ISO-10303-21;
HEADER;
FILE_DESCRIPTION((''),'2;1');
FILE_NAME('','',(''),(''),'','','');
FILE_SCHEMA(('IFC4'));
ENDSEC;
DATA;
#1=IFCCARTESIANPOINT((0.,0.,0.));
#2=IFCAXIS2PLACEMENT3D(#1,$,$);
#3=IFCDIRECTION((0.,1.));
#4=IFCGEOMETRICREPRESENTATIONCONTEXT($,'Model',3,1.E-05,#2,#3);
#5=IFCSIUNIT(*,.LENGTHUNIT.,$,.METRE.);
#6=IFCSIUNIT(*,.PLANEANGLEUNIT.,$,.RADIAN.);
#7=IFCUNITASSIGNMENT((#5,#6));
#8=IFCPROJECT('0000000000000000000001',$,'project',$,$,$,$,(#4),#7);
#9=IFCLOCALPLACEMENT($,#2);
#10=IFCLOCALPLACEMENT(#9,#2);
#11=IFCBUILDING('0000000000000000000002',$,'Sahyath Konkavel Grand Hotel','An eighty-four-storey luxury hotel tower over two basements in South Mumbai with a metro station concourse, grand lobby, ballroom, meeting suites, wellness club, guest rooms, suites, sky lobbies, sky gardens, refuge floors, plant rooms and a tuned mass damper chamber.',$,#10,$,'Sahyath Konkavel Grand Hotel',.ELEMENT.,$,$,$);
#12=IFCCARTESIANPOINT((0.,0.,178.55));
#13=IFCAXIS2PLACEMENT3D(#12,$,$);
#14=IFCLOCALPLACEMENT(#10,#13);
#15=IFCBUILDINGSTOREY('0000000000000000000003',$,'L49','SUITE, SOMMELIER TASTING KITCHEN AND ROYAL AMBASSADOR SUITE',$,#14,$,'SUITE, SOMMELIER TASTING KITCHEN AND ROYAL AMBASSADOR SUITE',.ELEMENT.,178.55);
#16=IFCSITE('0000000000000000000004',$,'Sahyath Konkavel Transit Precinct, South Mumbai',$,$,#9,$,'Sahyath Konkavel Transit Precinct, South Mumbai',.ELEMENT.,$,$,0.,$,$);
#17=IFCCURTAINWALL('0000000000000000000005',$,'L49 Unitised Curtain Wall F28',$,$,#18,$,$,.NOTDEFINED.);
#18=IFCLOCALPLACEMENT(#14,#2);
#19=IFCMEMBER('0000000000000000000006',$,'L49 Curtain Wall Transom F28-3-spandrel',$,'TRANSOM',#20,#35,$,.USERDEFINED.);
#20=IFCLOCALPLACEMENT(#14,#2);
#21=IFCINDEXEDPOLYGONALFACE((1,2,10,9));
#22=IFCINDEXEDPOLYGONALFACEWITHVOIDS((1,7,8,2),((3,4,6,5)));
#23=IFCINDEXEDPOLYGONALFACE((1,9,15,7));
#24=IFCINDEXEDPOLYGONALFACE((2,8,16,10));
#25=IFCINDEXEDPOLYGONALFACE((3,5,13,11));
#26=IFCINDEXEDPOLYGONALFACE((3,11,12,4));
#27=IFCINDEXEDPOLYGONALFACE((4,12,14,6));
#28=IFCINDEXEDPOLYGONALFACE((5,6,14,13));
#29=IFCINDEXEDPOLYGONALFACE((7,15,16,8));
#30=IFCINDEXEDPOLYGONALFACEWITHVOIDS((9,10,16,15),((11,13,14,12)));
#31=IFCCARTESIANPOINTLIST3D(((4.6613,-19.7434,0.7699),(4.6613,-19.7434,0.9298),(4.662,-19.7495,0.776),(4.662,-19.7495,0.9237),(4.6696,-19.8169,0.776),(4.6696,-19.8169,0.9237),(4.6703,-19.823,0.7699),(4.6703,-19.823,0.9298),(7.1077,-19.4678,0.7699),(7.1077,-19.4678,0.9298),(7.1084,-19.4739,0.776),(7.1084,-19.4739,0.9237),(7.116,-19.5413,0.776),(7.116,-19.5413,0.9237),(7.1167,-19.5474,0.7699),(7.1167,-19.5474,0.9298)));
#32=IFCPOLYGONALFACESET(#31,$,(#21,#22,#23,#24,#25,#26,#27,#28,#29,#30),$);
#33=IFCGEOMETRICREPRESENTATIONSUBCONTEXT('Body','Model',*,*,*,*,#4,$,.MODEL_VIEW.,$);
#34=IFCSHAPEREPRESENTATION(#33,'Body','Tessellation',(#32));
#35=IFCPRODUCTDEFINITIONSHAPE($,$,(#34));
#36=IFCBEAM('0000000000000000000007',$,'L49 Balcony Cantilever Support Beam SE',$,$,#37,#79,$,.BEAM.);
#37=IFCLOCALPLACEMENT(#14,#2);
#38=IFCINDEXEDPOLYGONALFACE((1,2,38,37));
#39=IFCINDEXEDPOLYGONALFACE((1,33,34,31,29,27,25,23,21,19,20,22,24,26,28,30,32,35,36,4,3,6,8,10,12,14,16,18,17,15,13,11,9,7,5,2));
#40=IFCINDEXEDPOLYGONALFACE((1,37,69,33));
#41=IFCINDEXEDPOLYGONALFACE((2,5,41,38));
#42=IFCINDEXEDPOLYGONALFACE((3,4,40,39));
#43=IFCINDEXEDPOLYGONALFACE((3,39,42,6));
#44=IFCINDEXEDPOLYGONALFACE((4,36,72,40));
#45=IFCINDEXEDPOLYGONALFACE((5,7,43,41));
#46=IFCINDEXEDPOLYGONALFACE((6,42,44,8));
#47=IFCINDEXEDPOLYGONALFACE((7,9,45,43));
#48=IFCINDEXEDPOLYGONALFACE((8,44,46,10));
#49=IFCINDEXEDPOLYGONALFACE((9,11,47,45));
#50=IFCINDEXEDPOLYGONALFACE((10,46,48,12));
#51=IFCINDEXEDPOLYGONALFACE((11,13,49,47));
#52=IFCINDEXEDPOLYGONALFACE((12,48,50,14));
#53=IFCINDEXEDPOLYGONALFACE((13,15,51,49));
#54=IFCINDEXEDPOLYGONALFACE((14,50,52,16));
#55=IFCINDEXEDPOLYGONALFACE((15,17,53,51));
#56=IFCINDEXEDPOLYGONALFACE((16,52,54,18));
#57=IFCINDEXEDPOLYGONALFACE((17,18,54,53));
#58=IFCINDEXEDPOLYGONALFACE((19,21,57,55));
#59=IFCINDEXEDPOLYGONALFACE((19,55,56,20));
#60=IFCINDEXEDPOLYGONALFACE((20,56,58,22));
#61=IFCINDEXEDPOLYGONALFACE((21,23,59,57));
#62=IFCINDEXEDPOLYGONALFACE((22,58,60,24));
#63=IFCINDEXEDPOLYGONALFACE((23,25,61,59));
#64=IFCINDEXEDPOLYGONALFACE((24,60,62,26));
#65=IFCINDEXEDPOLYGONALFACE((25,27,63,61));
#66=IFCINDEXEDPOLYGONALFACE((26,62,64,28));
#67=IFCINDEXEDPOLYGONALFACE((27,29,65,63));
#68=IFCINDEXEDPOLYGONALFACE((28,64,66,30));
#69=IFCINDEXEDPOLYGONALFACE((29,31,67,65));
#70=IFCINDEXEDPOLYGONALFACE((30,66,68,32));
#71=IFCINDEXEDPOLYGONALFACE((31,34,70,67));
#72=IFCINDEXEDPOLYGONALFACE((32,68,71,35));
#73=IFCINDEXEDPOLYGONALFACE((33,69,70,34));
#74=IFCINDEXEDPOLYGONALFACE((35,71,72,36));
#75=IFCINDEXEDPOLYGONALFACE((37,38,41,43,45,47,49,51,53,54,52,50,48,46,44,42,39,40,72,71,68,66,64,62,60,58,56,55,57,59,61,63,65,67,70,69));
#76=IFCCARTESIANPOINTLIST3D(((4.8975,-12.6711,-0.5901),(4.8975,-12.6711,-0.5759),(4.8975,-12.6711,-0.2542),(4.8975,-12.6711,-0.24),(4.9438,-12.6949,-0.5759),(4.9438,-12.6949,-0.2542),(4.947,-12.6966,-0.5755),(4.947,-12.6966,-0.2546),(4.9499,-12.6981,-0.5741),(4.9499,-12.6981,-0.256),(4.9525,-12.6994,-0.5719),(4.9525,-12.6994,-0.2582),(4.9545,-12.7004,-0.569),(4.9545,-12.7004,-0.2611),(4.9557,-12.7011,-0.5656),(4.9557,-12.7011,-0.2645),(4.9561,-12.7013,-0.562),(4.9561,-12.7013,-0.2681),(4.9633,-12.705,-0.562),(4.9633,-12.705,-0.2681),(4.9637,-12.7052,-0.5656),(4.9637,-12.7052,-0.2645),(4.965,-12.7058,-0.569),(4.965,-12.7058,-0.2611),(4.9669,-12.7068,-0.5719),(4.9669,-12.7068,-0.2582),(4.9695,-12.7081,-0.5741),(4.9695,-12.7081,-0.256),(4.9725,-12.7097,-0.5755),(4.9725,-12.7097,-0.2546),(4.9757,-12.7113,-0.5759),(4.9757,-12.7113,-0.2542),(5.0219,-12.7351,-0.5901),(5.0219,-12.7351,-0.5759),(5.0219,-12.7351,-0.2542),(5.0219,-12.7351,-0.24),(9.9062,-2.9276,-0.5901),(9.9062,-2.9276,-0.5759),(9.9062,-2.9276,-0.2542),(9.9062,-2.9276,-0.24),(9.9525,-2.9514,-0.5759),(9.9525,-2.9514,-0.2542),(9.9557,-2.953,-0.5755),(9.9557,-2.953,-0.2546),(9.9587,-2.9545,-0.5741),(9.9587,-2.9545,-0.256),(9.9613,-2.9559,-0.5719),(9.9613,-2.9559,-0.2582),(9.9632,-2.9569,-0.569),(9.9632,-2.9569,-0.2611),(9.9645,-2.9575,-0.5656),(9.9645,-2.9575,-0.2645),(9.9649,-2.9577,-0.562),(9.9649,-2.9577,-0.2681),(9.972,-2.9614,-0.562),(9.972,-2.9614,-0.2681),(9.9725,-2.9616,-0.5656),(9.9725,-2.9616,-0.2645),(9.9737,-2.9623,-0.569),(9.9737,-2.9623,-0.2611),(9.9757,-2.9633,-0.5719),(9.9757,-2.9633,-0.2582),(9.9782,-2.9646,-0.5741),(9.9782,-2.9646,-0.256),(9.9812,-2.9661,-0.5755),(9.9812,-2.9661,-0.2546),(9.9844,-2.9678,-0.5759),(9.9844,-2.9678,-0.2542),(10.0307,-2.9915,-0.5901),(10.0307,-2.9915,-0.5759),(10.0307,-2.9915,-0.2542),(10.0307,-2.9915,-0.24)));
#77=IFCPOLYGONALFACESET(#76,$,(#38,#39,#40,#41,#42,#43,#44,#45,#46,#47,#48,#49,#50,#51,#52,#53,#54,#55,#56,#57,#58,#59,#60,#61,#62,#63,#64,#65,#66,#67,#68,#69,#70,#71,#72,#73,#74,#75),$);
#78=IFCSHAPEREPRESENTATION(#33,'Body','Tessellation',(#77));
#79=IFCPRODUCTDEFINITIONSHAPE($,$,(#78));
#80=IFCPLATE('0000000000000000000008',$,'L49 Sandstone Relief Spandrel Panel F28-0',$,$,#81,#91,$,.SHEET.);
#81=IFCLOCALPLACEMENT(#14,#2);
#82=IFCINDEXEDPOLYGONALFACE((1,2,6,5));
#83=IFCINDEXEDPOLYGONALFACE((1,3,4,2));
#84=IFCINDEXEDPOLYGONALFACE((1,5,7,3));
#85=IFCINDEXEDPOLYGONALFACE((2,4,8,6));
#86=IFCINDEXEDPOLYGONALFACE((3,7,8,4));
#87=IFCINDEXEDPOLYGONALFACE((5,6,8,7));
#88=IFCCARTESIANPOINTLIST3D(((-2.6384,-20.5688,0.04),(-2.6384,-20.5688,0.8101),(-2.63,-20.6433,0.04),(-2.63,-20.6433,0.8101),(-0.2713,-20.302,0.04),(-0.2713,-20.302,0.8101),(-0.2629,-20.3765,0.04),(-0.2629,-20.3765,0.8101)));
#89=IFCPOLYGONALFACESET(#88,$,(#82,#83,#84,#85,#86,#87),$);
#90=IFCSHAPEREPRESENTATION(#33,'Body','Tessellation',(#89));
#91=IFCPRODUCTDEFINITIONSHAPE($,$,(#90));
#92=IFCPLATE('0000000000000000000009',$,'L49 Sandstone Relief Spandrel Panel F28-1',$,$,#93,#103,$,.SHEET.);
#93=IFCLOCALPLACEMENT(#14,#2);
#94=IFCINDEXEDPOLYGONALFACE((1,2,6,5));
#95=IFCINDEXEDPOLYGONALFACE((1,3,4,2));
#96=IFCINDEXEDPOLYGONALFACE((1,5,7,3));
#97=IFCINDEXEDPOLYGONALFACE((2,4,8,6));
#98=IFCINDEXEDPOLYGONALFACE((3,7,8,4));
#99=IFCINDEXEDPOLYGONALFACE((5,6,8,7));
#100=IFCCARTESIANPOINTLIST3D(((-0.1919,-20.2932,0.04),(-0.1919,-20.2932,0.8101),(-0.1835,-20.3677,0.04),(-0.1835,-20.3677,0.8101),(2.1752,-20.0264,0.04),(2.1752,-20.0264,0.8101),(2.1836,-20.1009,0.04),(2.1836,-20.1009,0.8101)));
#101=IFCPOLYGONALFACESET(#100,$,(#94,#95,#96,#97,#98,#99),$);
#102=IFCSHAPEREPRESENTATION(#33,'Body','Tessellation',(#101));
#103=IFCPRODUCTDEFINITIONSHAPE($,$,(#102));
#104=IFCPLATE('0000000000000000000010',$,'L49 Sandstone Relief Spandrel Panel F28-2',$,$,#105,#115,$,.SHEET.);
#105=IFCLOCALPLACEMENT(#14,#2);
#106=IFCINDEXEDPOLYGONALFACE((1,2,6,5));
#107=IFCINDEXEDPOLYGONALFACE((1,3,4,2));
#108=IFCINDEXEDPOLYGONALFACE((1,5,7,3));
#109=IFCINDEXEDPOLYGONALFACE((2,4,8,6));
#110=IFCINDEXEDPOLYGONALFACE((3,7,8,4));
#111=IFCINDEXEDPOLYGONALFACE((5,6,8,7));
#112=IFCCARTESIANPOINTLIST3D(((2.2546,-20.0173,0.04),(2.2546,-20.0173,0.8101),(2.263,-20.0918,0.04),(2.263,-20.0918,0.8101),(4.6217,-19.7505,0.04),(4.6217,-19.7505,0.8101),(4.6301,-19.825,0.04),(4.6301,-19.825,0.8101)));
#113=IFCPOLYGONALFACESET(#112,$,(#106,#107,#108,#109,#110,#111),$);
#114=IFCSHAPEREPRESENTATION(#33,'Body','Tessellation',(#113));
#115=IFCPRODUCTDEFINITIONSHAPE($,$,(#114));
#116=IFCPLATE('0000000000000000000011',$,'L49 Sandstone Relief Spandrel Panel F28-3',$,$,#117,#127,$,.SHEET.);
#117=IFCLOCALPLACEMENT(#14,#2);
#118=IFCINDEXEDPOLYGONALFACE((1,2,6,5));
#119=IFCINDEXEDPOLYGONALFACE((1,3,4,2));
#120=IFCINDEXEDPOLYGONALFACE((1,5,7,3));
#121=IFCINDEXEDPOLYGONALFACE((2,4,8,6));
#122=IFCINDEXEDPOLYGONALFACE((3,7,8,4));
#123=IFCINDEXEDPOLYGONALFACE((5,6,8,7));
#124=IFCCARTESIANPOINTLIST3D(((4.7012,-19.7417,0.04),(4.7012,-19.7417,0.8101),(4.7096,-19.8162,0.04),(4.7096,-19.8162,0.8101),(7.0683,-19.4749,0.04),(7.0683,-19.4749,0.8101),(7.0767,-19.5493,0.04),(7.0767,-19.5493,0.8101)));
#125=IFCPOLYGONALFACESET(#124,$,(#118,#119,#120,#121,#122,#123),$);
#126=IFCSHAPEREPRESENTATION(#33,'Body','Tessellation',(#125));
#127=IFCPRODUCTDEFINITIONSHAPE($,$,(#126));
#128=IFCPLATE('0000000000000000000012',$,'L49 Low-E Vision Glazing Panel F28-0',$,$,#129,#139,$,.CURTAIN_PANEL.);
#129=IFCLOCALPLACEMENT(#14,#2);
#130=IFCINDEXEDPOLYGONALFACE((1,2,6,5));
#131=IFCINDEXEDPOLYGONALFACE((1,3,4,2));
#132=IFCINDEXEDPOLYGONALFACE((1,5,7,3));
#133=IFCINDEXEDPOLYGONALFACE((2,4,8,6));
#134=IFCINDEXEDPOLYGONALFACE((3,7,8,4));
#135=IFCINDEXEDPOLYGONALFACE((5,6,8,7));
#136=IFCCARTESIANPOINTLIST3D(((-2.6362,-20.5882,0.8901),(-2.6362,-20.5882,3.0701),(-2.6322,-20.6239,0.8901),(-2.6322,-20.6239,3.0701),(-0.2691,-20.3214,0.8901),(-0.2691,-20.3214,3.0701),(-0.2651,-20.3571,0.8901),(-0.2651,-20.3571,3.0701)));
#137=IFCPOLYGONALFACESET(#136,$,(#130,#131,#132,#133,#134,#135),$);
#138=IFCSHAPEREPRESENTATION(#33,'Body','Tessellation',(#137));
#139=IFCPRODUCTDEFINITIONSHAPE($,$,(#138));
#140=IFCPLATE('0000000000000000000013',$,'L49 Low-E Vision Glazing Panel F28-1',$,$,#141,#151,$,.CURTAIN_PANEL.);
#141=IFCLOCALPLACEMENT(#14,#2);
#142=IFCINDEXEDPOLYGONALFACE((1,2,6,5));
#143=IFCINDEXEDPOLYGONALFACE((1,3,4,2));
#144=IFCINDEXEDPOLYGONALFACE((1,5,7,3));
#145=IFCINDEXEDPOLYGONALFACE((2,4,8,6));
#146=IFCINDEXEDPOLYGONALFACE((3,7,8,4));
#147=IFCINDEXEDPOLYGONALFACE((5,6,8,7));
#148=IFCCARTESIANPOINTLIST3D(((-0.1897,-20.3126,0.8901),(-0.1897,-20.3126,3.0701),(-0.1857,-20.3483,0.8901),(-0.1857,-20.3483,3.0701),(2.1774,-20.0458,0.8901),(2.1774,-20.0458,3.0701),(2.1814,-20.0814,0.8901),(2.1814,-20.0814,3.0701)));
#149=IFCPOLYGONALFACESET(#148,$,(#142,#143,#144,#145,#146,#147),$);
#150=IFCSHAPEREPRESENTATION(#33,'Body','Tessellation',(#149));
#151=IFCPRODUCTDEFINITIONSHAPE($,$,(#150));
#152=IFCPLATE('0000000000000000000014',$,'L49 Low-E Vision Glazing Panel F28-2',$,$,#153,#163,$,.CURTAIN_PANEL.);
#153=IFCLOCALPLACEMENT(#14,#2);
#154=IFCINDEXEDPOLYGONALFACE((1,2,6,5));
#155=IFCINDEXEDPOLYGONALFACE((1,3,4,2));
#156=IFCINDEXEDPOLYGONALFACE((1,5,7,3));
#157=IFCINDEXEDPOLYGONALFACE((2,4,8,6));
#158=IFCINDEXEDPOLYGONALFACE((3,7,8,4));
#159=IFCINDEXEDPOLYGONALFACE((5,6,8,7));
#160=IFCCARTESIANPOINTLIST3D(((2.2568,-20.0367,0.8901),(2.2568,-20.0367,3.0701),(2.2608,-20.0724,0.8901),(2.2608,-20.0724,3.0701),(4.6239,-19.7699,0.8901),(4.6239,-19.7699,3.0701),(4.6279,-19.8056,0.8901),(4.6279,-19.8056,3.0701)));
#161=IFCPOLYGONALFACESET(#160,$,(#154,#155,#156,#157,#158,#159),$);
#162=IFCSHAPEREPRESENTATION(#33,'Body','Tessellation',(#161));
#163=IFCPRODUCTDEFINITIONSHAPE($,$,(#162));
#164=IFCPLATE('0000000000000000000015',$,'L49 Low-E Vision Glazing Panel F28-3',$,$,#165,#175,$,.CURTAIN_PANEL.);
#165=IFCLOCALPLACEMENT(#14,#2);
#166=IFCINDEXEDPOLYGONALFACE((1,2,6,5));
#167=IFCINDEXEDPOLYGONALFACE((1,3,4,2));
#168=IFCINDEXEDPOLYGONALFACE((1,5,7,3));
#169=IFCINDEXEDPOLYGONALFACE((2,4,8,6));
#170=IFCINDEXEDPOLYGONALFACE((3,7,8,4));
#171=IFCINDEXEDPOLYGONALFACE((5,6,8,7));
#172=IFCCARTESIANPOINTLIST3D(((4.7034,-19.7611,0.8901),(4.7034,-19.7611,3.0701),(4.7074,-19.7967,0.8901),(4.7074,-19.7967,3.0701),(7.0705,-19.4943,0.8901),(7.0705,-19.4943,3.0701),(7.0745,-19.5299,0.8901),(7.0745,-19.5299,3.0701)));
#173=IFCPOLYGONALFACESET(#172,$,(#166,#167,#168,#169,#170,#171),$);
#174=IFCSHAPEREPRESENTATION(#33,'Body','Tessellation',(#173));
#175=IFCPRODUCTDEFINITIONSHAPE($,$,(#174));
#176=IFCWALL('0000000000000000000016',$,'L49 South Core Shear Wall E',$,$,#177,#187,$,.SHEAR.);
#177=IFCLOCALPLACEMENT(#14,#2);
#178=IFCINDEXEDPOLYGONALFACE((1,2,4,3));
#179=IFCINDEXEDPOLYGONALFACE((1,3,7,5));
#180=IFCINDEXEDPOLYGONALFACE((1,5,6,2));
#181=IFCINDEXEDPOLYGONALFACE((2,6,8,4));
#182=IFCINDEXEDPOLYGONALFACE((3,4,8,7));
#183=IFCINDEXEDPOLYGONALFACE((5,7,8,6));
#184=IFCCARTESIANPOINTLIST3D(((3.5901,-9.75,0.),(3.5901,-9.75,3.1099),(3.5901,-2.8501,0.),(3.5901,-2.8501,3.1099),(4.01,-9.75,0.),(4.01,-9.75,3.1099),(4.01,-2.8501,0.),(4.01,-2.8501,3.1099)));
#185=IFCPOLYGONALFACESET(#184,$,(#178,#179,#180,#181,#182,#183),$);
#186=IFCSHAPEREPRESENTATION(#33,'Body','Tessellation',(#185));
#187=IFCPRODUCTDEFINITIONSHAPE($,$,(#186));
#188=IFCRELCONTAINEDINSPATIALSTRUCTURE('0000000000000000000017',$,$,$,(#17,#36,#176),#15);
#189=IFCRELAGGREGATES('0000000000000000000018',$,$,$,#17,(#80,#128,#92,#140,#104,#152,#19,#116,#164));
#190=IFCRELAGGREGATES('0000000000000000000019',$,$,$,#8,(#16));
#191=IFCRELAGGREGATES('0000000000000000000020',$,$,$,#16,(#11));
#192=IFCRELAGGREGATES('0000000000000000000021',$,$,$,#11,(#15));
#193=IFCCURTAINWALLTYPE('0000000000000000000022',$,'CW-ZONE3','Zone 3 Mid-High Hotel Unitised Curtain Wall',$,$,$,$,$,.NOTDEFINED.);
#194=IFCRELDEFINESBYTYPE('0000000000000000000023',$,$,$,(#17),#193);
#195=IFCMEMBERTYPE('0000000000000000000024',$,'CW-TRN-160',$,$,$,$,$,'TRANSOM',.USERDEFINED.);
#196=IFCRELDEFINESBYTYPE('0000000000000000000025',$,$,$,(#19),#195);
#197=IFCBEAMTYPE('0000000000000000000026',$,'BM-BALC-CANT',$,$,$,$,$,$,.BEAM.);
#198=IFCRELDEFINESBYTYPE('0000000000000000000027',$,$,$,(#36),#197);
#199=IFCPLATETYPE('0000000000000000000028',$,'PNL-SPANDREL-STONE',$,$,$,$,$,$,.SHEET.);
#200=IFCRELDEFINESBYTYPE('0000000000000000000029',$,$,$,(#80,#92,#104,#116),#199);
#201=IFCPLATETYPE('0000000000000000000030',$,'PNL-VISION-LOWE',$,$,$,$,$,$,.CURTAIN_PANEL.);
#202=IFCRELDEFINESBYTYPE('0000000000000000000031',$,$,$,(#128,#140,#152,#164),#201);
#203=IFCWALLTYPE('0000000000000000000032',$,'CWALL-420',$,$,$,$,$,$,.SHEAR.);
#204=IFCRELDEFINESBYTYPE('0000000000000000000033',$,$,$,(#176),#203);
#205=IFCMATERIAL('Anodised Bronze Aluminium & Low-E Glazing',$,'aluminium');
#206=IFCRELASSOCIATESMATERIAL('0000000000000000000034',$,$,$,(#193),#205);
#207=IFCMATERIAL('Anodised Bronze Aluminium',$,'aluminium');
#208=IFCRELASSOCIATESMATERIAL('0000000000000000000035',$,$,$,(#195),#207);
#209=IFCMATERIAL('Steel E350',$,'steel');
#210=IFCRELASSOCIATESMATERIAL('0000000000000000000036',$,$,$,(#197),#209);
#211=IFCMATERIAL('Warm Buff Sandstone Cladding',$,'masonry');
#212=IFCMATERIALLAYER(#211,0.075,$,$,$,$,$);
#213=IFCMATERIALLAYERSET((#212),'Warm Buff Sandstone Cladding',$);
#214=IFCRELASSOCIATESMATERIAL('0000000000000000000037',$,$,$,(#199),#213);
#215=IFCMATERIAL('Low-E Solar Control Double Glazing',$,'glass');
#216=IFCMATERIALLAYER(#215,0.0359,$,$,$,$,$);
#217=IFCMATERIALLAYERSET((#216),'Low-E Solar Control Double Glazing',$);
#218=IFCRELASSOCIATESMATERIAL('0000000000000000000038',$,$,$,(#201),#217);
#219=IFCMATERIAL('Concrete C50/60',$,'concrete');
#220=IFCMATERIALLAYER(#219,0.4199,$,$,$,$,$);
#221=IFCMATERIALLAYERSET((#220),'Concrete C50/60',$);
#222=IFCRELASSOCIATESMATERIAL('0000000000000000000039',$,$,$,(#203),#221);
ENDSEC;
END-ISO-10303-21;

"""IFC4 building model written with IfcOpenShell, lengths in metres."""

from ifc_helpers import new_model, si_unit, direction, frame, frame_2d, origin, origin_2d, place, context, subcontext, project, spatial, rectangle, hollow_rectangle, i_section, extrude, source, transform, mapped, material, layer, layer_set, material_profile, profile_set, type_object, element, aggregate, save


model = new_model("IFC4")

# Units and contexts
model_context = context("Model", 3, precision=1e-05, world=origin(), true_north=direction((0.0, 1.0)))
body_context = subcontext(model_context, "Body", "Model", "MODEL_VIEW")
ifc_project = project(units=[si_unit("LENGTHUNIT", "METRE"), si_unit("PLANEANGLEUNIT", "RADIAN")], contexts=[model_context])

# Site, building, storey
site_placement = place(None, origin())
site = spatial("IfcSite", under=ifc_project, at=site_placement, Name="Sahyath Konkavel Transit Precinct, South Mumbai", LongName="Sahyath Konkavel Transit Precinct, South Mumbai", CompositionType="ELEMENT", RefElevation=0.0)
building_placement = place(site_placement, origin())
building = spatial("IfcBuilding", under=site, at=building_placement, Name="Sahyath Konkavel Grand Hotel", Description="An eighty-four-storey luxury hotel tower over two basements in South Mumbai with a metro station concourse, grand lobby, ballroom, meeting suites, wellness club, guest rooms, suites, sky lobbies, sky gardens, refuge floors, plant rooms and a tuned mass damper chamber.", LongName="Sahyath Konkavel Grand Hotel", CompositionType="ELEMENT")
storey_placement = place(building_placement, frame((0.0, 0.0, 178.55)))
storey = spatial("IfcBuildingStorey", under=building, at=storey_placement, Name="L49", Description="SUITE, SOMMELIER TASTING KITCHEN AND ROYAL AMBASSADOR SUITE", LongName="SUITE, SOMMELIER TASTING KITCHEN AND ROYAL AMBASSADOR SUITE", CompositionType="ELEMENT", Elevation=178.55)

# Shared definitions
ifc_material_1 = material(Name="Concrete C50/60", Category="concrete")

# Shared definitions
ifc_material_2 = material(Name="Steel E350", Category="steel")

# Curtain wall, member
ifc_material_3 = material(Name="Anodised Bronze Aluminium & Low-E Glazing", Category="aluminium")
curtain_wall_type = type_object("IfcCurtainWallType", Name="CW-ZONE3", Description="Zone 3 Mid-High Hotel Unitised Curtain Wall", PredefinedType="NOTDEFINED", material=ifc_material_3)
curtain_wall_placement = place(storey_placement, origin())
curtain_wall = element("IfcCurtainWall", 1, at=curtain_wall_placement, inside=storey, type_object=curtain_wall_type, Name="L49 Unitised Curtain Wall F28", PredefinedType="NOTDEFINED")
ifc_material_4 = material(Name="Anodised Bronze Aluminium", Category="aluminium")
ifc_material_profile_1 = material_profile(ifc_material_4, hollow_rectangle(XDim=0.0801, YDim=0.1599, WallThickness=0.0061, at=origin_2d()), Name="RHS 160x80x6")
ifc_profile_set_1 = profile_set([ifc_material_profile_1], Name="Anodised Bronze Aluminium")
member_type_1 = type_object("IfcMemberType", Name="CW-TRN-160", ElementType="TRANSOM", PredefinedType="USERDEFINED", material=ifc_profile_set_1)
shared_shape_1 = source(origin(), body_context, "Body", "SweptSolid", [
    extrude(hollow_rectangle(XDim=0.0801, YDim=0.1599, WallThickness=0.0061, at=origin_2d()), origin(), (0.0, 0.0, 1.0), 2.4619),
])
member_1_placement = place(storey_placement, frame((4.6658, -19.7832, 0.8499), z_axis=(0.993713, 0.111955, 0.0), x_axis=(-0.111955, 0.993713, 0.0)))
member_1 = element("IfcMember", 2, at=member_1_placement, type_object=member_type_1, Name="L49 Curtain Wall Transom F28-3-spandrel", ObjectType="TRANSOM", PredefinedType="USERDEFINED", context=body_context, shape_type="MappedRepresentation", body=[
    mapped(shared_shape_1, transform((0.0, 0.0, 0.0), scale=1.0)),
])

# Beam
ifc_material_profile_2 = material_profile(ifc_material_2, i_section(OverallWidth=0.1399, OverallDepth=0.3501, WebThickness=0.0081, FlangeThickness=0.0142, FilletRadius=0.0139, at=origin_2d()), Name="ISMB 350")
ifc_profile_set_2 = profile_set([ifc_material_profile_2], Name="Steel E350")
beam_type_1 = type_object("IfcBeamType", Name="BM-BALC-CANT", PredefinedType="BEAM", material=ifc_profile_set_2)
shared_shape_2 = source(origin(), body_context, "Body", "SweptSolid", [
    extrude(i_section(OverallWidth=0.1399, OverallDepth=0.3501, WebThickness=0.0081, FlangeThickness=0.0142, FilletRadius=0.0139, at=origin_2d()), origin(), (0.0, 0.0, 1.0), 10.9556),
])
beam_1_placement = place(storey_placement, frame((4.9597, -12.7031, -0.415), z_axis=(0.457187, 0.889371, 0.0), x_axis=(-0.889371, 0.457187, 0.0)))
element("IfcBeam", 3, at=beam_1_placement, inside=storey, type_object=beam_type_1, Name="L49 Balcony Cantilever Support Beam SE", PredefinedType="BEAM", context=body_context, shape_type="MappedRepresentation", body=[
    mapped(shared_shape_2, transform((0.0, 0.0, 0.0), scale=1.0)),
])

# Plates
ifc_material_5 = material(Name="Warm Buff Sandstone Cladding", Category="masonry")
ifc_layer_1 = layer(ifc_material_5, 0.075)
ifc_layer_set_1 = layer_set([ifc_layer_1], Name="Warm Buff Sandstone Cladding")
plate_type_1 = type_object("IfcPlateType", Name="PNL-SPANDREL-STONE", PredefinedType="SHEET", material=ifc_layer_set_1)
shared_shape_3 = source(origin(), body_context, "Body", "SweptSolid", [
    extrude(rectangle(XDim=2.3821, YDim=0.075, at=origin_2d()), origin(), (0.0, 0.0, 1.0), 0.77),
])
plate_1_placement = place(storey_placement, frame((-1.4507, -20.4727, 0.04), z_axis=(0.0, 0.0, 1.0), x_axis=(0.993707, 0.112007, 0.0)))
plate_1 = element("IfcPlate", 4, at=plate_1_placement, type_object=plate_type_1, Name="L49 Sandstone Relief Spandrel Panel F28-0", PredefinedType="SHEET", context=body_context, shape_type="MappedRepresentation", body=[
    mapped(shared_shape_3, transform((0.0, 0.0, 0.0), scale=1.0)),
])
plate_2_placement = place(storey_placement, frame((0.9958, -20.197, 0.04), z_axis=(0.0, 0.0, 1.0), x_axis=(0.993707, 0.112007, 0.0)))
plate_2 = element("IfcPlate", 5, at=plate_2_placement, type_object=plate_type_1, Name="L49 Sandstone Relief Spandrel Panel F28-1", PredefinedType="SHEET", context=body_context, shape_type="MappedRepresentation", body=[
    mapped(shared_shape_3, transform((0.0, 0.0, 0.0), scale=1.0)),
])
plate_3_placement = place(storey_placement, frame((3.4424, -19.9211, 0.04), z_axis=(0.0, 0.0, 1.0), x_axis=(0.993707, 0.112007, 0.0)))
plate_3 = element("IfcPlate", 6, at=plate_3_placement, type_object=plate_type_1, Name="L49 Sandstone Relief Spandrel Panel F28-2", PredefinedType="SHEET", context=body_context, shape_type="MappedRepresentation", body=[
    mapped(shared_shape_3, transform((0.0, 0.0, 0.0), scale=1.0)),
])
plate_4_placement = place(storey_placement, frame((5.8889, -19.6455, 0.04), z_axis=(0.0, 0.0, 1.0), x_axis=(0.993707, 0.112007, 0.0)))
plate_4 = element("IfcPlate", 7, at=plate_4_placement, type_object=plate_type_1, Name="L49 Sandstone Relief Spandrel Panel F28-3", PredefinedType="SHEET", context=body_context, shape_type="MappedRepresentation", body=[
    mapped(shared_shape_3, transform((0.0, 0.0, 0.0), scale=1.0)),
])
ifc_material_6 = material(Name="Low-E Solar Control Double Glazing", Category="glass")
ifc_layer_2 = layer(ifc_material_6, 0.0359)
ifc_layer_set_2 = layer_set([ifc_layer_2], Name="Low-E Solar Control Double Glazing")
plate_type_2 = type_object("IfcPlateType", Name="PNL-VISION-LOWE", PredefinedType="CURTAIN_PANEL", material=ifc_layer_set_2)
shared_shape_4 = source(origin(), body_context, "Body", "SweptSolid", [
    extrude(rectangle(XDim=2.3821, YDim=0.0359, at=origin_2d()), origin(), (0.0, 0.0, 1.0), 2.1799),
])
plate_5_placement = place(storey_placement, frame((-1.4507, -20.4727, 0.8901), z_axis=(0.0, 0.0, 1.0), x_axis=(0.993707, 0.112007, 0.0)))
plate_5 = element("IfcPlate", 8, at=plate_5_placement, type_object=plate_type_2, Name="L49 Low-E Vision Glazing Panel F28-0", PredefinedType="CURTAIN_PANEL", context=body_context, shape_type="MappedRepresentation", body=[
    mapped(shared_shape_4, transform((0.0, 0.0, 0.0), scale=1.0)),
])
plate_6_placement = place(storey_placement, frame((0.9958, -20.197, 0.8901), z_axis=(0.0, 0.0, 1.0), x_axis=(0.993707, 0.112007, 0.0)))
plate_6 = element("IfcPlate", 9, at=plate_6_placement, type_object=plate_type_2, Name="L49 Low-E Vision Glazing Panel F28-1", PredefinedType="CURTAIN_PANEL", context=body_context, shape_type="MappedRepresentation", body=[
    mapped(shared_shape_4, transform((0.0, 0.0, 0.0), scale=1.0)),
])
plate_7_placement = place(storey_placement, frame((3.4424, -19.9211, 0.8901), z_axis=(0.0, 0.0, 1.0), x_axis=(0.993707, 0.112007, 0.0)))
plate_7 = element("IfcPlate", 10, at=plate_7_placement, type_object=plate_type_2, Name="L49 Low-E Vision Glazing Panel F28-2", PredefinedType="CURTAIN_PANEL", context=body_context, shape_type="MappedRepresentation", body=[
    mapped(shared_shape_4, transform((0.0, 0.0, 0.0), scale=1.0)),
])
plate_8_placement = place(storey_placement, frame((5.8889, -19.6455, 0.8901), z_axis=(0.0, 0.0, 1.0), x_axis=(0.993707, 0.112007, 0.0)))
plate_8 = element("IfcPlate", 11, at=plate_8_placement, type_object=plate_type_2, Name="L49 Low-E Vision Glazing Panel F28-3", PredefinedType="CURTAIN_PANEL", context=body_context, shape_type="MappedRepresentation", body=[
    mapped(shared_shape_4, transform((0.0, 0.0, 0.0), scale=1.0)),
])
aggregate(curtain_wall, [plate_1, plate_5, plate_2, plate_6, plate_3, plate_7, member_1, plate_4, plate_8])

# Wall
ifc_layer_3 = layer(ifc_material_1, 0.4199)
ifc_layer_set_3 = layer_set([ifc_layer_3], Name="Concrete C50/60")
wall_type_1 = type_object("IfcWallType", Name="CWALL-420", PredefinedType="SHEAR", material=ifc_layer_set_3)
wall_1_placement = place(storey_placement, frame((3.8, -9.75, 0.0), z_axis=(0.0, 0.0, 1.0), x_axis=(0.0, 1.0, 0.0)))
element("IfcWall", 12, at=wall_1_placement, inside=storey, type_object=wall_type_1, Name="L49 South Core Shear Wall E", PredefinedType="SHEAR", context=body_context, shape_type="SweptSolid", body=[
    extrude(rectangle(XDim=6.8999, YDim=0.4199, at=frame_2d((3.45, 0.0))), origin(), (0.0, 0.0, 1.0), 3.1099),
])

save(model, "model.ifc")
